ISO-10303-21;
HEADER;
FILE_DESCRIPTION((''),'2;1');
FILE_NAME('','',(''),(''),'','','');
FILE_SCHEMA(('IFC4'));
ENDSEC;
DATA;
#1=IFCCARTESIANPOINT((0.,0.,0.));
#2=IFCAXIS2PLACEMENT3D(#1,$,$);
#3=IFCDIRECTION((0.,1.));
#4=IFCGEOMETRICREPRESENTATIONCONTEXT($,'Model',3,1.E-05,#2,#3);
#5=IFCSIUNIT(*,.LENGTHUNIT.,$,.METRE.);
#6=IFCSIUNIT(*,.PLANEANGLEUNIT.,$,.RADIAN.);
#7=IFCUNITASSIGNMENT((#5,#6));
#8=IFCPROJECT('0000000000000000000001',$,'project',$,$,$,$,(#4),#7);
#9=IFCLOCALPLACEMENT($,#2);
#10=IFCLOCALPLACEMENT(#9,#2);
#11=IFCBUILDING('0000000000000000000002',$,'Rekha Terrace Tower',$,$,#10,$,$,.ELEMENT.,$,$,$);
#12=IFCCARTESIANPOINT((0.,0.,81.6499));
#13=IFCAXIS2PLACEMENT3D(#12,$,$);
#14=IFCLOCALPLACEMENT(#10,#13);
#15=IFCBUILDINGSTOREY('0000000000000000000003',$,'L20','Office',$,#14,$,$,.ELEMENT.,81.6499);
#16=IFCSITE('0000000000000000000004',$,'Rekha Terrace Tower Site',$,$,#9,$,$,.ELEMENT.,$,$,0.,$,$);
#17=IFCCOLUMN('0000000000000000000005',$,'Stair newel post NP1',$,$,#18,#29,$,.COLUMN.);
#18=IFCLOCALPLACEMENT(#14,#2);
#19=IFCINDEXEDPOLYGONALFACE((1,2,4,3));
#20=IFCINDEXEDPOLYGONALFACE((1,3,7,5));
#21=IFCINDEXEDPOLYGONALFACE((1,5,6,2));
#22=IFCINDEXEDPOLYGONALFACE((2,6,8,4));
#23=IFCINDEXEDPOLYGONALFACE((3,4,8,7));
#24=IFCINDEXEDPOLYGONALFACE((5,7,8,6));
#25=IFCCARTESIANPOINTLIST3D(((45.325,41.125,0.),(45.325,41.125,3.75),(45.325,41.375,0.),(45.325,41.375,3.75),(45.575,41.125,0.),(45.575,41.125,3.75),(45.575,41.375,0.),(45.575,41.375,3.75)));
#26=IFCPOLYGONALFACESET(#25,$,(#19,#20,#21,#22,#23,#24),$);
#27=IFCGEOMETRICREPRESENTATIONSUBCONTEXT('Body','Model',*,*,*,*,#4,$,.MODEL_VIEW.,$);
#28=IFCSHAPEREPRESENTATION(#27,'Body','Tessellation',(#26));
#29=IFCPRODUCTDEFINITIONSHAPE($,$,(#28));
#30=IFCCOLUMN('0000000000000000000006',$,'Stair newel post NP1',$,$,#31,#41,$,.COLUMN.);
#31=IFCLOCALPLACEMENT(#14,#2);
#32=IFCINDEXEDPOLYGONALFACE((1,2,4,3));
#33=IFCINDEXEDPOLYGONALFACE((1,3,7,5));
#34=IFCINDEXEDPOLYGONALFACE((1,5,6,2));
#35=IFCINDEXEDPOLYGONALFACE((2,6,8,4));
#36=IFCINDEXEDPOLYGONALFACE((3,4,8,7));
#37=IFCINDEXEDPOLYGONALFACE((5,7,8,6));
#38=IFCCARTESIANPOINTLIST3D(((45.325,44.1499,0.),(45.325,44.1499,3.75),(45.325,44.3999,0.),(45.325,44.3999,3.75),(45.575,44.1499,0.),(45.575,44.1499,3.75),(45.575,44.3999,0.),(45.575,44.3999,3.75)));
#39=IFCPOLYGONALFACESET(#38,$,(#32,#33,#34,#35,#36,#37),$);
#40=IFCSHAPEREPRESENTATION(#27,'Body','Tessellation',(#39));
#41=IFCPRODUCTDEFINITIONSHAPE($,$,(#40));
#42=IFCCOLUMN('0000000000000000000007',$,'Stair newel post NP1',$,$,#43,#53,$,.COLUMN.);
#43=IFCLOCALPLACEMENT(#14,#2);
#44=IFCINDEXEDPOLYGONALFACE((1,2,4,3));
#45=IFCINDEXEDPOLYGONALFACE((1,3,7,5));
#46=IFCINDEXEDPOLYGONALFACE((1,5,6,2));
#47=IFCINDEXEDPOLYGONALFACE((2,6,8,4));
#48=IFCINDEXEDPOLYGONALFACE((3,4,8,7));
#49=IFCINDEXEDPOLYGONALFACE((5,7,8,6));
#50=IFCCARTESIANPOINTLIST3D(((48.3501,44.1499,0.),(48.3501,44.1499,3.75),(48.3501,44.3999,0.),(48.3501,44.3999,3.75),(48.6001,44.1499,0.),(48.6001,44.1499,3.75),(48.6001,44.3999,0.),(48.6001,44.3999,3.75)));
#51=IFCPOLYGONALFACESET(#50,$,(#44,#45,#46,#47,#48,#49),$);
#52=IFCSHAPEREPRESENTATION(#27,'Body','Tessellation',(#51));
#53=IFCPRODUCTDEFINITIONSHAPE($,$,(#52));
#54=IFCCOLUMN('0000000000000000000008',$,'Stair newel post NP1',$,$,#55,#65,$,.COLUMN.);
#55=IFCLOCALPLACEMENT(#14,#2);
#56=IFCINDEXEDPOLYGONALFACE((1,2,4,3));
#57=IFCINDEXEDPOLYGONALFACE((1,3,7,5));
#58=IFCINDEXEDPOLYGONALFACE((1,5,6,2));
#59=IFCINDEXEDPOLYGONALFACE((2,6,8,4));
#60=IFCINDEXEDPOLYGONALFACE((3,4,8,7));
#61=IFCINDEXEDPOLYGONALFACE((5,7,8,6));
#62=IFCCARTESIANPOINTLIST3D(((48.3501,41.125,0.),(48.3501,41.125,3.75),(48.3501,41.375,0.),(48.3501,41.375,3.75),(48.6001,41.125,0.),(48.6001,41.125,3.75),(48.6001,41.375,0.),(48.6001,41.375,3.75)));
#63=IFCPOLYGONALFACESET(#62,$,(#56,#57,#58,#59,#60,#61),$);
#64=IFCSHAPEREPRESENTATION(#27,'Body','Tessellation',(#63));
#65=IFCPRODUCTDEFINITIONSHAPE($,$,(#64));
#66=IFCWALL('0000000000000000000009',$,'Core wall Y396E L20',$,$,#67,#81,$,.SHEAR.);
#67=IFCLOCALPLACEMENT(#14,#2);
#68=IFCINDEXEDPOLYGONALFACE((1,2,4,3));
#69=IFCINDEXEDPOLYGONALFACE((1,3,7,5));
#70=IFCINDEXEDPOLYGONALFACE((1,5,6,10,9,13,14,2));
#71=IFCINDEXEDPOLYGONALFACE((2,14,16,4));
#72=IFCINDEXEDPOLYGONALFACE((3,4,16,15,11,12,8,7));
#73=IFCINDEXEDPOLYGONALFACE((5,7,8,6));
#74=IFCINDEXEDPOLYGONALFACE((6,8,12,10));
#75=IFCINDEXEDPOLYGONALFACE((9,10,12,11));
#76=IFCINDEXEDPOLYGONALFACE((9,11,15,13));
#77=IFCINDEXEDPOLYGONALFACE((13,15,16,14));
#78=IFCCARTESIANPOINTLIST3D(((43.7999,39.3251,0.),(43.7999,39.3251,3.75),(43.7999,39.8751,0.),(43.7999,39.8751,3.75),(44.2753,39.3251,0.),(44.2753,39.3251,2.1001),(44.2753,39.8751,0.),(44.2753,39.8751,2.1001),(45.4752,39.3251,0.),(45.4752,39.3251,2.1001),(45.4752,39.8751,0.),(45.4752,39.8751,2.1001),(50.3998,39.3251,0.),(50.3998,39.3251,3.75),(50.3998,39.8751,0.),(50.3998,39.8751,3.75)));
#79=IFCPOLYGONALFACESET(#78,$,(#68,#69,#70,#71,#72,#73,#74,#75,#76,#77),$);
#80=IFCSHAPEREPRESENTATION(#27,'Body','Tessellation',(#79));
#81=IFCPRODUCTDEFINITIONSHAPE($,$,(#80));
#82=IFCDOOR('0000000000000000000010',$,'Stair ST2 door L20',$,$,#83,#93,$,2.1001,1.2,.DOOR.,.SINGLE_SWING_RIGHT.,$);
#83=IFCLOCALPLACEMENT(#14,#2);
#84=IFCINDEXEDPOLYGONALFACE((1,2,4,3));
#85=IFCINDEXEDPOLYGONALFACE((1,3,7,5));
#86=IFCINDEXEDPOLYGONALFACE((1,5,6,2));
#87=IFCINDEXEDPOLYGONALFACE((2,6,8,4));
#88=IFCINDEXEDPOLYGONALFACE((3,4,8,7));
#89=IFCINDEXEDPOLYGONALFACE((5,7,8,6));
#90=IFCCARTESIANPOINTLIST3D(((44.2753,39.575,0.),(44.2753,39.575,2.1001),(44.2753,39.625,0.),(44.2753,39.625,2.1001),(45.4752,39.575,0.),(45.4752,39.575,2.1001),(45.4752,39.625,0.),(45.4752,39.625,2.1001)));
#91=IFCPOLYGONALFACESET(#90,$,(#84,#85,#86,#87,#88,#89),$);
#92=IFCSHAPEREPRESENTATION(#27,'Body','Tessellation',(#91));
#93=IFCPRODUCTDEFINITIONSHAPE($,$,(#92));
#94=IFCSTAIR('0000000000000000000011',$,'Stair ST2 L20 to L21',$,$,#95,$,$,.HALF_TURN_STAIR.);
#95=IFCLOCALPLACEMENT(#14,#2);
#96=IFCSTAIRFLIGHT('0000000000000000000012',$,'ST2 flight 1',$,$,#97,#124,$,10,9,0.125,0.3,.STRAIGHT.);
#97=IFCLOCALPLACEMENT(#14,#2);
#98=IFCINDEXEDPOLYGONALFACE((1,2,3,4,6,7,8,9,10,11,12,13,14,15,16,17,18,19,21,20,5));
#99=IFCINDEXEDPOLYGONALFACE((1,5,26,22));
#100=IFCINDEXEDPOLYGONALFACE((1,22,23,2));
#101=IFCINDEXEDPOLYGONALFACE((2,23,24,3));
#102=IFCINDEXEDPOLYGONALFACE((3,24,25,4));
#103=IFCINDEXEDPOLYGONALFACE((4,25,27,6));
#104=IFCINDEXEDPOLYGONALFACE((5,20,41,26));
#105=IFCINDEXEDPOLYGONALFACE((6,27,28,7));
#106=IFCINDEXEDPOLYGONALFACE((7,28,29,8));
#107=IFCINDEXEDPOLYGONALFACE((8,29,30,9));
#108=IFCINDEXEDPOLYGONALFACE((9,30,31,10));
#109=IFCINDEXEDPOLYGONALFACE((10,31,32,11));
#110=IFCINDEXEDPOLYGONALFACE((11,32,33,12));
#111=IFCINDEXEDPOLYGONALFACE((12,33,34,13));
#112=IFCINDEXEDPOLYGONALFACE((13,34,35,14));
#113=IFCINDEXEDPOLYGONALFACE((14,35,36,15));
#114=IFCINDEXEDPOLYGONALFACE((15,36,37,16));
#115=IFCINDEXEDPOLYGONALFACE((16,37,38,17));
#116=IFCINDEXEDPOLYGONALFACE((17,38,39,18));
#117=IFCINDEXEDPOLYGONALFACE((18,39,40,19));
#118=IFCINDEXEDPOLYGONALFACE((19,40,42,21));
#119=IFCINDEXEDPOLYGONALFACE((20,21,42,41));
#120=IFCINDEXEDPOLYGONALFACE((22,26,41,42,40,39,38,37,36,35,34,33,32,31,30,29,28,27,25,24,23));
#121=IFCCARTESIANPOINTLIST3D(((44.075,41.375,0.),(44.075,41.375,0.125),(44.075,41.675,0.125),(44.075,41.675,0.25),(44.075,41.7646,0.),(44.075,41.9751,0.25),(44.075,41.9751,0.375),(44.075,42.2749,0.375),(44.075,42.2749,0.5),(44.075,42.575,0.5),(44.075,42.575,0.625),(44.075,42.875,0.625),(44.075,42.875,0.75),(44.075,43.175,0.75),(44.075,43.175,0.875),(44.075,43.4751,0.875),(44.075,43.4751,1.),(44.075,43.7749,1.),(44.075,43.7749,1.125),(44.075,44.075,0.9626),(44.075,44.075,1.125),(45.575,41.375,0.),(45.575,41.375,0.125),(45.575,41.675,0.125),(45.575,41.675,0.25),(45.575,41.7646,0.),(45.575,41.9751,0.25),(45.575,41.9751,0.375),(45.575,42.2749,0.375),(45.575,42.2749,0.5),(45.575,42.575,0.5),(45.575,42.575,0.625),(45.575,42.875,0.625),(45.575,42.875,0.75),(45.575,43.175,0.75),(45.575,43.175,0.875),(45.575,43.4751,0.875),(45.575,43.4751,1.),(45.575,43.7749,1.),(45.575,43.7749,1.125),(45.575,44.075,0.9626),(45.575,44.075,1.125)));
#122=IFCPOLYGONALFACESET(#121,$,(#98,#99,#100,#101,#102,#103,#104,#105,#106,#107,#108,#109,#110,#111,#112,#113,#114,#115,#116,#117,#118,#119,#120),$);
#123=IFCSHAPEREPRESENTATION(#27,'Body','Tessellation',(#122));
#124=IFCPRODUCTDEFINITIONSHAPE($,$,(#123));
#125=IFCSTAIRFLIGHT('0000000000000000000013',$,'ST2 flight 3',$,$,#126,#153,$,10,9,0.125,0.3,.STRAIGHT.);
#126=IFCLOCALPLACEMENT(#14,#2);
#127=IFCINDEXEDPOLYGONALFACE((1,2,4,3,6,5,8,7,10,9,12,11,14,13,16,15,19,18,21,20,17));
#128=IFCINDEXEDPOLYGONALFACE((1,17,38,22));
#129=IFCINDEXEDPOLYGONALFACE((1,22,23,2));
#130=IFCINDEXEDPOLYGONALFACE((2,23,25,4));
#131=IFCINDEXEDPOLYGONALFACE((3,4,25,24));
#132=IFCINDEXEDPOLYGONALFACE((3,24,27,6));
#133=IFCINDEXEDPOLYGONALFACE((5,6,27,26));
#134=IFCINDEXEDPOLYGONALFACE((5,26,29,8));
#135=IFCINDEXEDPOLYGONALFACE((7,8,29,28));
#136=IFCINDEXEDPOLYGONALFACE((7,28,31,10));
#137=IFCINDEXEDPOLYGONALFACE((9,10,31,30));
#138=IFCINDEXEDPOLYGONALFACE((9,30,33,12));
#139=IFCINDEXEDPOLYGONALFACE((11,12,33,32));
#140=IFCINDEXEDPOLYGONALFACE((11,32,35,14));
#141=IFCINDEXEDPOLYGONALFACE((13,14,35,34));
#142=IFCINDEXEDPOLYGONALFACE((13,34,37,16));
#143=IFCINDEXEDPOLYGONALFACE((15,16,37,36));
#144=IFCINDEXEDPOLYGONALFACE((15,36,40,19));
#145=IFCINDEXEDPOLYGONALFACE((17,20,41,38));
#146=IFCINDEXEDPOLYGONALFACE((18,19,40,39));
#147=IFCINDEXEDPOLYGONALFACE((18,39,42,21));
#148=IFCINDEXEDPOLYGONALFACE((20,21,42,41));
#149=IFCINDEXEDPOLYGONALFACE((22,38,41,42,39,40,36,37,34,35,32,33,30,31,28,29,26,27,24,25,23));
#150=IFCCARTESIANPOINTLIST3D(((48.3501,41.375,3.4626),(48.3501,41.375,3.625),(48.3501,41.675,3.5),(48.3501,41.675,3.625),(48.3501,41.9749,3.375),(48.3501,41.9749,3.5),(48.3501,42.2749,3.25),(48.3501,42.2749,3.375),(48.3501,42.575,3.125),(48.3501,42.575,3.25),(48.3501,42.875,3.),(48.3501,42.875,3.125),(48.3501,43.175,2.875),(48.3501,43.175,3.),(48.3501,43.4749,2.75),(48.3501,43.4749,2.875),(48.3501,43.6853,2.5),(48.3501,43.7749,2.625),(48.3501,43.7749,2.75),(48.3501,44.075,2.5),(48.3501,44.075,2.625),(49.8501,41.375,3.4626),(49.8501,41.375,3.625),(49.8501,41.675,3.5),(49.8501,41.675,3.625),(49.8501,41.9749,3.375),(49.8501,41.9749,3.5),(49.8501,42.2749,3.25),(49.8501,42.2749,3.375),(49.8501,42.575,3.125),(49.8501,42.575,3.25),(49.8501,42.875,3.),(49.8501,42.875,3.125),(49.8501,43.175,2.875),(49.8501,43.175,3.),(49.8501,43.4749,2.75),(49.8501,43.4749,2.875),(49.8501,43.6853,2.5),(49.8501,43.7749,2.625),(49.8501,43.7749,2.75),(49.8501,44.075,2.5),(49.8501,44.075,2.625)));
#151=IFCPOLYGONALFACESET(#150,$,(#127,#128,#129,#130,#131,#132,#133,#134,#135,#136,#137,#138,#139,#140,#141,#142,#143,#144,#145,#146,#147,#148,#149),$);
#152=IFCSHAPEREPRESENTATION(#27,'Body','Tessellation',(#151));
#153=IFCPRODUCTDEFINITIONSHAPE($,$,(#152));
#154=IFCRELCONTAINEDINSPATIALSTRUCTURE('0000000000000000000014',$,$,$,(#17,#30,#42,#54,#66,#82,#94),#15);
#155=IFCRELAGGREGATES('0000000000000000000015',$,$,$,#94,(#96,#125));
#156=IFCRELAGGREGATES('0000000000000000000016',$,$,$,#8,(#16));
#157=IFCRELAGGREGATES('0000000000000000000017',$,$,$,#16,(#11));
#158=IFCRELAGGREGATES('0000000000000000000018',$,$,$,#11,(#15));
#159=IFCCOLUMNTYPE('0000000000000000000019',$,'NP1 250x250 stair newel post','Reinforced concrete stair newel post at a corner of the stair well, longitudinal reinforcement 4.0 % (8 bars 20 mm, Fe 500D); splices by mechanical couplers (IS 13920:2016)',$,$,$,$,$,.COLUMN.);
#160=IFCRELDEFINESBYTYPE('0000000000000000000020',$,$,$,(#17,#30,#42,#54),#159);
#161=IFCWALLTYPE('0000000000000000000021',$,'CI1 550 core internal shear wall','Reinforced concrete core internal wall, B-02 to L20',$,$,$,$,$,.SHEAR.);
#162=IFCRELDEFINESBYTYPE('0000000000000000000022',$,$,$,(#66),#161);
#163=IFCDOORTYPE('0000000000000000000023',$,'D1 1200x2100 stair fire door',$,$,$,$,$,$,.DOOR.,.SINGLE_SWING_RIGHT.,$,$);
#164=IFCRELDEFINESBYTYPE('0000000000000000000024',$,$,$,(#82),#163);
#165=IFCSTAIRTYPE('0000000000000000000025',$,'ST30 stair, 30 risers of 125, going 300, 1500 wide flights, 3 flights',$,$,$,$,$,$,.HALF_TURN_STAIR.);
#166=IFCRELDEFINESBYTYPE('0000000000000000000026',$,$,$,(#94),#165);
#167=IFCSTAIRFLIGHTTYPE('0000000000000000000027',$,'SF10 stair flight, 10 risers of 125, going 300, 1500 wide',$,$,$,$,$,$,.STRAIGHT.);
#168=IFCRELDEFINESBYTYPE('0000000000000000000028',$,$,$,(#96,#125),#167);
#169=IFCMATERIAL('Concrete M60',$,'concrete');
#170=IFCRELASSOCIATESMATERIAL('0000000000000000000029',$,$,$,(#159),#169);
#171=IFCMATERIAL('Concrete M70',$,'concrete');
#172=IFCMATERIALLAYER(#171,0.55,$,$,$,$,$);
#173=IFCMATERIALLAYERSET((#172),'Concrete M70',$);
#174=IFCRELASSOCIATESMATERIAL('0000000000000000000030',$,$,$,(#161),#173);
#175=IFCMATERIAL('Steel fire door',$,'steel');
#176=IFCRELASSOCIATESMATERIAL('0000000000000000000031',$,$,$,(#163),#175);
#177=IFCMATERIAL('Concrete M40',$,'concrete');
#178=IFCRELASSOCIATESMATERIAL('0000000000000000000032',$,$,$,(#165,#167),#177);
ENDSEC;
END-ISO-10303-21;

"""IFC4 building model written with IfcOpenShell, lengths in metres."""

from ifc_helpers import new_model, si_unit, direction, frame, frame_2d, origin, origin_2d, place, context, subcontext, project, spatial, polyline, rectangle, outline, extrude, material, layer, layer_set, material_profile, profile_set, type_object, element, fill, aggregate, save


model = new_model("IFC4")

# Units and contexts
model_context = context("Model", 3, precision=1e-05, world=origin(), true_north=direction((0.0, 1.0)))
body_context = subcontext(model_context, "Body", "Model", "MODEL_VIEW")
ifc_project = project(units=[si_unit("LENGTHUNIT", "METRE"), si_unit("PLANEANGLEUNIT", "RADIAN")], contexts=[model_context])

# Site, building, storey
site_placement = place(None, origin())
site = spatial("IfcSite", under=ifc_project, at=site_placement, Name="Rekha Terrace Tower Site", CompositionType="ELEMENT", RefElevation=0.0)
building_placement = place(site_placement, origin())
building = spatial("IfcBuilding", under=site, at=building_placement, Name="Rekha Terrace Tower", CompositionType="ELEMENT")
storey_placement = place(building_placement, frame((0.0, 0.0, 81.6499)))
storey = spatial("IfcBuildingStorey", under=building, at=storey_placement, Name="L20", Description="Office", CompositionType="ELEMENT", Elevation=81.6499)

# Columns
ifc_material_1 = material(Name="Concrete M60", Category="concrete")
ifc_material_profile = material_profile(ifc_material_1, rectangle(XDim=0.25, YDim=0.25, at=origin_2d()), Name="RC 250x250")
ifc_profile_set = profile_set([ifc_material_profile], Name="Concrete M60")
column_type = type_object("IfcColumnType", Name="NP1 250x250 stair newel post", Description="Reinforced concrete stair newel post at a corner of the stair well, longitudinal reinforcement 4.0 % (8 bars 20 mm, Fe 500D); splices by mechanical couplers (IS 13920:2016)", PredefinedType="COLUMN", material=ifc_profile_set)
for number, where, z_axis, x_axis, name in (
    (1, (45.45, 41.25, 0.0), (0.0, 0.0, 1.0), (1.0, 0.0, 0.0), "Stair newel post NP1"),
    (2, (45.45, 44.2749, 0.0), (0.0, 0.0, 1.0), (1.0, 0.0, 0.0), "Stair newel post NP1"),
    (3, (48.4751, 44.2749, 0.0), (0.0, 0.0, 1.0), (1.0, 0.0, 0.0), "Stair newel post NP1"),
    (4, (48.4751, 41.25, 0.0), (0.0, 0.0, 1.0), (1.0, 0.0, 0.0), "Stair newel post NP1"),
):
    element("IfcColumn", number, at=place(storey_placement, frame(where, z_axis=z_axis, x_axis=x_axis)), inside=storey, type_object=column_type, Name=name, PredefinedType="COLUMN", context=body_context, shape_type="SweptSolid", body=[
        extrude(rectangle(XDim=0.25, YDim=0.25, at=origin_2d()), origin(), (0.0, 0.0, 1.0), 3.75),
    ])

# Wall, opening, door
ifc_material_2 = material(Name="Concrete M70", Category="concrete")
ifc_layer = layer(ifc_material_2, 0.55)
ifc_layer_set = layer_set([ifc_layer], Name="Concrete M70")
wall_type = type_object("IfcWallType", Name="CI1 550 core internal shear wall", Description="Reinforced concrete core internal wall, B-02 to L20", PredefinedType="SHEAR", material=ifc_layer_set)
wall_placement = place(storey_placement, frame((43.8, 39.6001, 0.0), z_axis=(0.0, 0.0, 1.0), x_axis=(1.0, 0.0, 0.0)))
wall = element("IfcWall", 5, at=wall_placement, inside=storey, type_object=wall_type, Name="Core wall Y396E L20", PredefinedType="SHEAR", context=body_context, shape_type="SweptSolid", body=[
    extrude(rectangle(XDim=6.5999, YDim=0.55, at=frame_2d((3.2998, 0.0))), origin(), (0.0, 0.0, 1.0), 3.75),
])
opening_placement = place(wall_placement, frame((0.4751, 0.0, 0.0)))
opening = element("IfcOpeningElement", 6, at=opening_placement, cuts=wall, PredefinedType="OPENING", context=body_context, shape_type="SweptSolid", body=[
    extrude(rectangle(XDim=1.2, YDim=2.1001, at=frame_2d((0.6001, 1.05))), frame((0.0, 0.2849, 0.0), z_axis=(0.0, -1.0, 0.0), x_axis=(1.0, 0.0, 0.0)), (0.0, 0.0, 1.0), 0.5701),
])
ifc_material_3 = material(Name="Steel fire door", Category="steel")
door_type = type_object("IfcDoorType", Name="D1 1200x2100 stair fire door", OperationType="SINGLE_SWING_RIGHT", PredefinedType="DOOR", material=ifc_material_3)
door_placement = place(opening_placement, origin())
door = element("IfcDoor", 7, at=door_placement, inside=storey, type_object=door_type, Name="Stair ST2 door L20", OperationType="SINGLE_SWING_RIGHT", OverallHeight=2.1001, OverallWidth=1.2, PredefinedType="DOOR", context=body_context, shape_type="SweptSolid", body=[
    extrude(rectangle(XDim=1.2, YDim=2.1001, at=frame_2d((0.6001, 1.05))), frame((0.0, 0.0249, 0.0), z_axis=(0.0, -1.0, 0.0), x_axis=(1.0, 0.0, 0.0)), (0.0, 0.0, 1.0), 0.05),
])
fill(opening, door)

# Stair, stair flights
ifc_material_4 = material(Name="Concrete M40", Category="concrete")
stair_type = type_object("IfcStairType", Name="ST30 stair, 30 risers of 125, going 300, 1500 wide flights, 3 flights", PredefinedType="HALF_TURN_STAIR", material=ifc_material_4)
stair_placement = place(storey_placement, origin())
stair = element("IfcStair", 8, at=stair_placement, inside=storey, type_object=stair_type, Name="Stair ST2 L20 to L21", PredefinedType="HALF_TURN_STAIR")
stair_flight_type = type_object("IfcStairFlightType", Name="SF10 stair flight, 10 risers of 125, going 300, 1500 wide", PredefinedType="STRAIGHT", material=ifc_material_4)
stair_flight_1_placement = place(storey_placement, frame((44.825, 41.375, 0.0), z_axis=(0.0, 0.0, 1.0), x_axis=(0.0, 1.0, 0.0)))
stair_flight_1 = element("IfcStairFlight", 9, at=stair_flight_1_placement, type_object=stair_flight_type, Name="ST2 flight 1", NumberOfRisers=10, NumberOfTreads=9, PredefinedType="STRAIGHT", RiserHeight=0.125, TreadLength=0.3, context=body_context, shape_type="SweptSolid", body=[
    extrude(outline(polyline([(0.0, 0.0), (0.0, 0.125), (0.3, 0.125), (0.3, 0.25), (0.6001, 0.25), (0.6001, 0.375), (0.8999, 0.375), (0.8999, 0.5), (1.2, 0.5), (1.2, 0.625), (1.5, 0.625), (1.5, 0.75), (1.8, 0.75), (1.8, 0.875), (2.1001, 0.875), (2.1001, 1.0), (2.3999, 1.0), (2.3999, 1.125), (2.7, 1.125), (2.7, 1.25), (2.7, 0.9626), (0.3896, 0.0), (0.0, 0.0)])), frame((0.0, 0.75, 0.0), z_axis=(0.0, -1.0, 0.0), x_axis=(1.0, 0.0, 0.0)), (0.0, 0.0, 1.0), 1.5),
])
stair_flight_2_placement = place(storey_placement, frame((49.1001, 44.075, 2.5), z_axis=(0.0, 0.0, 1.0), x_axis=(0.0, -1.0, 0.0)))
stair_flight_2 = element("IfcStairFlight", 10, at=stair_flight_2_placement, type_object=stair_flight_type, Name="ST2 flight 3", NumberOfRisers=10, NumberOfTreads=9, PredefinedType="STRAIGHT", RiserHeight=0.125, TreadLength=0.3, context=body_context, shape_type="SweptSolid", body=[
    extrude(outline(polyline([(0.0, 0.0), (0.0, 0.125), (0.3, 0.125), (0.3, 0.25), (0.6001, 0.25), (0.6001, 0.375), (0.8999, 0.375), (0.8999, 0.5), (1.2, 0.5), (1.2, 0.625), (1.5, 0.625), (1.5, 0.75), (1.8, 0.75), (1.8, 0.875), (2.1001, 0.875), (2.1001, 1.0), (2.3999, 1.0), (2.3999, 1.125), (2.7, 1.125), (2.7, 1.25), (2.7, 0.9626), (0.3896, 0.0), (0.0, 0.0)])), frame((0.0, 0.75, 0.0), z_axis=(0.0, -1.0, 0.0), x_axis=(1.0, 0.0, 0.0)), (0.0, 0.0, 1.0), 1.5),
])
aggregate(stair, [stair_flight_1, stair_flight_2])

save(model, "model.ifc")
